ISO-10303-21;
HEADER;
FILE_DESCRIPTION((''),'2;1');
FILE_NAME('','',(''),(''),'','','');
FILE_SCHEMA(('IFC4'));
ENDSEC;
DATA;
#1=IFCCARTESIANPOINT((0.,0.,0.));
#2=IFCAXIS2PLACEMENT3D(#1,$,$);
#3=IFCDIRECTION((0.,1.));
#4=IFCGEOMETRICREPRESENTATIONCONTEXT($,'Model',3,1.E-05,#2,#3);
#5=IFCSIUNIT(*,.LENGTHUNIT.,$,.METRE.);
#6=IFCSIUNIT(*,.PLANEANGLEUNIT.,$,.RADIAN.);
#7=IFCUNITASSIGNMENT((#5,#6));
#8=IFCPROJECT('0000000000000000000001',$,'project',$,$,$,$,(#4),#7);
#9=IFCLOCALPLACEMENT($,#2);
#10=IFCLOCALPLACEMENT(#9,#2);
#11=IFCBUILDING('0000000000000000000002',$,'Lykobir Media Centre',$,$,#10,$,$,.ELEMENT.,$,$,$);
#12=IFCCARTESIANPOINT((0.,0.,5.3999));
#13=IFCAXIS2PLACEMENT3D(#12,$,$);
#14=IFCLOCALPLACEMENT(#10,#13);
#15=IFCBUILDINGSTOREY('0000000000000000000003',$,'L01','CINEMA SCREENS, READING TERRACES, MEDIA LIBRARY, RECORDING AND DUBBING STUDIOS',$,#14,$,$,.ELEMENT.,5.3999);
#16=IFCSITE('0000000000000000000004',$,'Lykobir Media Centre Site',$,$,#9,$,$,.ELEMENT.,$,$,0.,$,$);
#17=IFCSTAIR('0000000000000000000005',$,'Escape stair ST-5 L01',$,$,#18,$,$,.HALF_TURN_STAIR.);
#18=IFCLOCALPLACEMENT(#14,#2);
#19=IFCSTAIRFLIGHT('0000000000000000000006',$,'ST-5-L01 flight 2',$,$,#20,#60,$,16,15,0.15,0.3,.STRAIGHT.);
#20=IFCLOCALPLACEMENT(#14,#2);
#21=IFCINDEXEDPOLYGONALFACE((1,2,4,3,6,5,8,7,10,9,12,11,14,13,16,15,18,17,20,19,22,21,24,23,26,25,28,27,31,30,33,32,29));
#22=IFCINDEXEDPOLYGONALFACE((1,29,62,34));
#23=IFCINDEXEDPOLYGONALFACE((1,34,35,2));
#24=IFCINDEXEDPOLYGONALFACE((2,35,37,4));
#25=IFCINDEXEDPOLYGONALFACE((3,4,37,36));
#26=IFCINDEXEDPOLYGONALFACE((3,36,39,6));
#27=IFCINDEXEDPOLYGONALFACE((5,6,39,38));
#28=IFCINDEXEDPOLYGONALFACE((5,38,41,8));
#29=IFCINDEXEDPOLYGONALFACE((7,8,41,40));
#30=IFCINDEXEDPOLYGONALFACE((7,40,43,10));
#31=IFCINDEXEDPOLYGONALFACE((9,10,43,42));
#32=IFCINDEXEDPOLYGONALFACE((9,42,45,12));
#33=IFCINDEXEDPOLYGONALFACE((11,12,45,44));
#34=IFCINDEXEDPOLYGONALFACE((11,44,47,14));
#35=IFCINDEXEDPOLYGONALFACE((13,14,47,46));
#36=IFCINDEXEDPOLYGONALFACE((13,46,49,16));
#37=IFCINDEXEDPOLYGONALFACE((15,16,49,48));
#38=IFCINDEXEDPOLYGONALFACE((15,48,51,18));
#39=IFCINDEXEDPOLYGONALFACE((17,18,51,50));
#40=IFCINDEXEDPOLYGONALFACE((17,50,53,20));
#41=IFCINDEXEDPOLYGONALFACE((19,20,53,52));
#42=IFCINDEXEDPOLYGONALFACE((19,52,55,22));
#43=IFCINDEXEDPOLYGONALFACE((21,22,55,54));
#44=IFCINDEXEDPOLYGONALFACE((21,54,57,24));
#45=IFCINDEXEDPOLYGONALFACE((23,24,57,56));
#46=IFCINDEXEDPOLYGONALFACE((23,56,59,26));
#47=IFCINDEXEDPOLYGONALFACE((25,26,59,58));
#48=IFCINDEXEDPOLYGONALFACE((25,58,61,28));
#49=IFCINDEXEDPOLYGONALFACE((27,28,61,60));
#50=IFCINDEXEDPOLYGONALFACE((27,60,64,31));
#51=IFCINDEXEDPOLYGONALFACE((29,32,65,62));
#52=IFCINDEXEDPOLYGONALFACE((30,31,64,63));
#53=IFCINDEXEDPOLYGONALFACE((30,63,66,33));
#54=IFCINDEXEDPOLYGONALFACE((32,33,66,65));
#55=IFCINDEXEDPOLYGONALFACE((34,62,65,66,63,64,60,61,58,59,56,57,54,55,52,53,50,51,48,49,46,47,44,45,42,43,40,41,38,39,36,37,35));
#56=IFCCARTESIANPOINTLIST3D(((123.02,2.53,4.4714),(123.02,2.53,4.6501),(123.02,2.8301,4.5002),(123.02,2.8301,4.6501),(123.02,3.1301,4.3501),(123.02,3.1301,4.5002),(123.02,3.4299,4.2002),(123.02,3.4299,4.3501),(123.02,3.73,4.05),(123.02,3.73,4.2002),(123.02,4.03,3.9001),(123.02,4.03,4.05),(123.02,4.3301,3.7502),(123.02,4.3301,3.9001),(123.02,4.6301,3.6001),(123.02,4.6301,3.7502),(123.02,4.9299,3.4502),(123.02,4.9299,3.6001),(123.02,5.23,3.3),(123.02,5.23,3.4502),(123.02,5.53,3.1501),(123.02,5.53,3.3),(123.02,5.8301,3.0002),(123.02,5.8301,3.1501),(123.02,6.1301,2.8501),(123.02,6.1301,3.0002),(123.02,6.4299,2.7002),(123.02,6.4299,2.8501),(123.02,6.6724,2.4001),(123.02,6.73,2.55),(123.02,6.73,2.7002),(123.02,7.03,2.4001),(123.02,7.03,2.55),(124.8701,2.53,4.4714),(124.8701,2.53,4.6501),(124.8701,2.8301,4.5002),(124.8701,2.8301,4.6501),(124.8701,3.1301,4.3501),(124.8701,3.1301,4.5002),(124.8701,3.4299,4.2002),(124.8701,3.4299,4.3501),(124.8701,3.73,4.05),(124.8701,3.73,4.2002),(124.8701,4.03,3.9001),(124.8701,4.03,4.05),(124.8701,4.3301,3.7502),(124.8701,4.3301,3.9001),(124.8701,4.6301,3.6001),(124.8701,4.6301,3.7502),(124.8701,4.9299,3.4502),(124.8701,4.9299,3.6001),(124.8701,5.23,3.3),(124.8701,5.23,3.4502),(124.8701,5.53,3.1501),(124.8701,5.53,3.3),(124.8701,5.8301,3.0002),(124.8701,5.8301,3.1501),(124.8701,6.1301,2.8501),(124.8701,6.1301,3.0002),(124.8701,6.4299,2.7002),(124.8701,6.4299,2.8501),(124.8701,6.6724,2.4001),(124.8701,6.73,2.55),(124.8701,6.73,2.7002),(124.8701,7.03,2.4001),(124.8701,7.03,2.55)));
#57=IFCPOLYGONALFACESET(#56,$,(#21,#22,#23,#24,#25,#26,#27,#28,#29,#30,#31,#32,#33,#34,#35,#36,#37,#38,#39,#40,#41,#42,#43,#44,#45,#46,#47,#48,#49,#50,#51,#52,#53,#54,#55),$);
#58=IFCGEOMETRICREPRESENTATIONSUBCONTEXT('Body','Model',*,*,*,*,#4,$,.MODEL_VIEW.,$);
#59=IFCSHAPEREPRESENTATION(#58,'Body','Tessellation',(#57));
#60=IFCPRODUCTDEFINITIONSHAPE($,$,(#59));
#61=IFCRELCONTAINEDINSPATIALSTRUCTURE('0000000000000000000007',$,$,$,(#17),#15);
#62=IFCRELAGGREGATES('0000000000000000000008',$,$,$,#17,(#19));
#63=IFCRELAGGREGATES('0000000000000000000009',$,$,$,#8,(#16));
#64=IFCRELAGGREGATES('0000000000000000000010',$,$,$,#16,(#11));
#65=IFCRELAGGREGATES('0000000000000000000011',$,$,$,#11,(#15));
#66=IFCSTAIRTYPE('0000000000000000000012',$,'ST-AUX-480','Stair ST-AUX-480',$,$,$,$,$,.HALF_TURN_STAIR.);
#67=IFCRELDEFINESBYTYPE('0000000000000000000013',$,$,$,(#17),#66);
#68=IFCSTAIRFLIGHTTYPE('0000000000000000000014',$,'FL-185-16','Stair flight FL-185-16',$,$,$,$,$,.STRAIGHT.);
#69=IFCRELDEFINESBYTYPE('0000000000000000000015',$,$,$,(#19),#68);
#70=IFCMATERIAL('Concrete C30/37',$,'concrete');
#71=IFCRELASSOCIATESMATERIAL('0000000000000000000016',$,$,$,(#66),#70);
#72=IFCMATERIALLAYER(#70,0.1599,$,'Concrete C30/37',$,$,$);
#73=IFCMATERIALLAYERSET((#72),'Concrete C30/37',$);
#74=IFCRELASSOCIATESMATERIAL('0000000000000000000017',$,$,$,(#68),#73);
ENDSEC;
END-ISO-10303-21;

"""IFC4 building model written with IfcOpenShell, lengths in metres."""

from ifc_helpers import new_model, si_unit, direction, frame, origin, place, context, subcontext, project, spatial, polyline, outline, extrude, material, layer, layer_set, type_object, element, aggregate, save


model = new_model("IFC4")

# Units and contexts
model_context = context("Model", 3, precision=1e-05, world=origin(), true_north=direction((0.0, 1.0)))
body_context = subcontext(model_context, "Body", "Model", "MODEL_VIEW")
ifc_project = project(units=[si_unit("LENGTHUNIT", "METRE"), si_unit("PLANEANGLEUNIT", "RADIAN")], contexts=[model_context])

# Site, building, storey
site_placement = place(None, origin())
site = spatial("IfcSite", under=ifc_project, at=site_placement, Name="Lykobir Media Centre Site", CompositionType="ELEMENT", RefElevation=0.0)
building_placement = place(site_placement, origin())
building = spatial("IfcBuilding", under=site, at=building_placement, Name="Lykobir Media Centre", CompositionType="ELEMENT")
storey_placement = place(building_placement, frame((0.0, 0.0, 5.3999)))
storey = spatial("IfcBuildingStorey", under=building, at=storey_placement, Name="L01", Description="CINEMA SCREENS, READING TERRACES, MEDIA LIBRARY, RECORDING AND DUBBING STUDIOS", CompositionType="ELEMENT", Elevation=5.3999)

# Shared definitions
ifc_material_1 = material(Name="Concrete C30/37", Category="concrete")

# Stair, stair flight
stair_type = type_object("IfcStairType", Name="ST-AUX-480", Description="Stair ST-AUX-480", PredefinedType="HALF_TURN_STAIR", material=ifc_material_1)
stair_placement = place(storey_placement, origin())
stair = element("IfcStair", 1, at=stair_placement, inside=storey, type_object=stair_type, Name="Escape stair ST-5 L01", PredefinedType="HALF_TURN_STAIR")
ifc_layer_1 = layer(ifc_material_1, 0.1599, Name="Concrete C30/37")
ifc_layer_set_1 = layer_set([ifc_layer_1], Name="Concrete C30/37")
stair_flight_type = type_object("IfcStairFlightType", Name="FL-185-16", Description="Stair flight FL-185-16", PredefinedType="STRAIGHT", material=ifc_layer_set_1)
stair_flight_placement = place(storey_placement, frame((123.9451, 7.03, 2.4001), z_axis=(0.0, 0.0, 1.0), x_axis=(0.0, -1.0, 0.0)))
stair_flight = element("IfcStairFlight", 2, at=stair_flight_placement, type_object=stair_flight_type, Name="ST-5-L01 flight 2", NumberOfRisers=16, NumberOfTreads=15, PredefinedType="STRAIGHT", RiserHeight=0.15, TreadLength=0.3, context=body_context, shape_type="SweptSolid", body=[
    extrude(outline(polyline([(0.0, 0.0), (0.0, 0.1499), (0.3, 0.1499), (0.3, 0.3), (0.6001, 0.3), (0.6001, 0.45), (0.8999, 0.45), (0.8999, 0.6001), (1.2, 0.6001), (1.2, 0.75), (1.5, 0.75), (1.5, 0.8999), (1.8, 0.8999), (1.8, 1.05), (2.1001, 1.05), (2.1001, 1.2), (2.3999, 1.2), (2.3999, 1.3501), (2.7, 1.3501), (2.7, 1.5), (3.0, 1.5), (3.0, 1.6499), (3.3, 1.6499), (3.3, 1.8), (3.6001, 1.8), (3.6001, 1.95), (3.8999, 1.95), (3.8999, 2.1001), (4.2, 2.1001), (4.2, 2.25), (4.5, 2.25), (4.5, 2.3999), (4.5, 2.0713), (0.3577, 0.0), (0.0, 0.0)])), frame((0.0, 0.925, 0.0), z_axis=(0.0, -1.0, 0.0), x_axis=(1.0, 0.0, 0.0)), (0.0, 0.0, 1.0), 1.8501),
])
aggregate(stair, [stair_flight])

save(model, "model.ifc")
